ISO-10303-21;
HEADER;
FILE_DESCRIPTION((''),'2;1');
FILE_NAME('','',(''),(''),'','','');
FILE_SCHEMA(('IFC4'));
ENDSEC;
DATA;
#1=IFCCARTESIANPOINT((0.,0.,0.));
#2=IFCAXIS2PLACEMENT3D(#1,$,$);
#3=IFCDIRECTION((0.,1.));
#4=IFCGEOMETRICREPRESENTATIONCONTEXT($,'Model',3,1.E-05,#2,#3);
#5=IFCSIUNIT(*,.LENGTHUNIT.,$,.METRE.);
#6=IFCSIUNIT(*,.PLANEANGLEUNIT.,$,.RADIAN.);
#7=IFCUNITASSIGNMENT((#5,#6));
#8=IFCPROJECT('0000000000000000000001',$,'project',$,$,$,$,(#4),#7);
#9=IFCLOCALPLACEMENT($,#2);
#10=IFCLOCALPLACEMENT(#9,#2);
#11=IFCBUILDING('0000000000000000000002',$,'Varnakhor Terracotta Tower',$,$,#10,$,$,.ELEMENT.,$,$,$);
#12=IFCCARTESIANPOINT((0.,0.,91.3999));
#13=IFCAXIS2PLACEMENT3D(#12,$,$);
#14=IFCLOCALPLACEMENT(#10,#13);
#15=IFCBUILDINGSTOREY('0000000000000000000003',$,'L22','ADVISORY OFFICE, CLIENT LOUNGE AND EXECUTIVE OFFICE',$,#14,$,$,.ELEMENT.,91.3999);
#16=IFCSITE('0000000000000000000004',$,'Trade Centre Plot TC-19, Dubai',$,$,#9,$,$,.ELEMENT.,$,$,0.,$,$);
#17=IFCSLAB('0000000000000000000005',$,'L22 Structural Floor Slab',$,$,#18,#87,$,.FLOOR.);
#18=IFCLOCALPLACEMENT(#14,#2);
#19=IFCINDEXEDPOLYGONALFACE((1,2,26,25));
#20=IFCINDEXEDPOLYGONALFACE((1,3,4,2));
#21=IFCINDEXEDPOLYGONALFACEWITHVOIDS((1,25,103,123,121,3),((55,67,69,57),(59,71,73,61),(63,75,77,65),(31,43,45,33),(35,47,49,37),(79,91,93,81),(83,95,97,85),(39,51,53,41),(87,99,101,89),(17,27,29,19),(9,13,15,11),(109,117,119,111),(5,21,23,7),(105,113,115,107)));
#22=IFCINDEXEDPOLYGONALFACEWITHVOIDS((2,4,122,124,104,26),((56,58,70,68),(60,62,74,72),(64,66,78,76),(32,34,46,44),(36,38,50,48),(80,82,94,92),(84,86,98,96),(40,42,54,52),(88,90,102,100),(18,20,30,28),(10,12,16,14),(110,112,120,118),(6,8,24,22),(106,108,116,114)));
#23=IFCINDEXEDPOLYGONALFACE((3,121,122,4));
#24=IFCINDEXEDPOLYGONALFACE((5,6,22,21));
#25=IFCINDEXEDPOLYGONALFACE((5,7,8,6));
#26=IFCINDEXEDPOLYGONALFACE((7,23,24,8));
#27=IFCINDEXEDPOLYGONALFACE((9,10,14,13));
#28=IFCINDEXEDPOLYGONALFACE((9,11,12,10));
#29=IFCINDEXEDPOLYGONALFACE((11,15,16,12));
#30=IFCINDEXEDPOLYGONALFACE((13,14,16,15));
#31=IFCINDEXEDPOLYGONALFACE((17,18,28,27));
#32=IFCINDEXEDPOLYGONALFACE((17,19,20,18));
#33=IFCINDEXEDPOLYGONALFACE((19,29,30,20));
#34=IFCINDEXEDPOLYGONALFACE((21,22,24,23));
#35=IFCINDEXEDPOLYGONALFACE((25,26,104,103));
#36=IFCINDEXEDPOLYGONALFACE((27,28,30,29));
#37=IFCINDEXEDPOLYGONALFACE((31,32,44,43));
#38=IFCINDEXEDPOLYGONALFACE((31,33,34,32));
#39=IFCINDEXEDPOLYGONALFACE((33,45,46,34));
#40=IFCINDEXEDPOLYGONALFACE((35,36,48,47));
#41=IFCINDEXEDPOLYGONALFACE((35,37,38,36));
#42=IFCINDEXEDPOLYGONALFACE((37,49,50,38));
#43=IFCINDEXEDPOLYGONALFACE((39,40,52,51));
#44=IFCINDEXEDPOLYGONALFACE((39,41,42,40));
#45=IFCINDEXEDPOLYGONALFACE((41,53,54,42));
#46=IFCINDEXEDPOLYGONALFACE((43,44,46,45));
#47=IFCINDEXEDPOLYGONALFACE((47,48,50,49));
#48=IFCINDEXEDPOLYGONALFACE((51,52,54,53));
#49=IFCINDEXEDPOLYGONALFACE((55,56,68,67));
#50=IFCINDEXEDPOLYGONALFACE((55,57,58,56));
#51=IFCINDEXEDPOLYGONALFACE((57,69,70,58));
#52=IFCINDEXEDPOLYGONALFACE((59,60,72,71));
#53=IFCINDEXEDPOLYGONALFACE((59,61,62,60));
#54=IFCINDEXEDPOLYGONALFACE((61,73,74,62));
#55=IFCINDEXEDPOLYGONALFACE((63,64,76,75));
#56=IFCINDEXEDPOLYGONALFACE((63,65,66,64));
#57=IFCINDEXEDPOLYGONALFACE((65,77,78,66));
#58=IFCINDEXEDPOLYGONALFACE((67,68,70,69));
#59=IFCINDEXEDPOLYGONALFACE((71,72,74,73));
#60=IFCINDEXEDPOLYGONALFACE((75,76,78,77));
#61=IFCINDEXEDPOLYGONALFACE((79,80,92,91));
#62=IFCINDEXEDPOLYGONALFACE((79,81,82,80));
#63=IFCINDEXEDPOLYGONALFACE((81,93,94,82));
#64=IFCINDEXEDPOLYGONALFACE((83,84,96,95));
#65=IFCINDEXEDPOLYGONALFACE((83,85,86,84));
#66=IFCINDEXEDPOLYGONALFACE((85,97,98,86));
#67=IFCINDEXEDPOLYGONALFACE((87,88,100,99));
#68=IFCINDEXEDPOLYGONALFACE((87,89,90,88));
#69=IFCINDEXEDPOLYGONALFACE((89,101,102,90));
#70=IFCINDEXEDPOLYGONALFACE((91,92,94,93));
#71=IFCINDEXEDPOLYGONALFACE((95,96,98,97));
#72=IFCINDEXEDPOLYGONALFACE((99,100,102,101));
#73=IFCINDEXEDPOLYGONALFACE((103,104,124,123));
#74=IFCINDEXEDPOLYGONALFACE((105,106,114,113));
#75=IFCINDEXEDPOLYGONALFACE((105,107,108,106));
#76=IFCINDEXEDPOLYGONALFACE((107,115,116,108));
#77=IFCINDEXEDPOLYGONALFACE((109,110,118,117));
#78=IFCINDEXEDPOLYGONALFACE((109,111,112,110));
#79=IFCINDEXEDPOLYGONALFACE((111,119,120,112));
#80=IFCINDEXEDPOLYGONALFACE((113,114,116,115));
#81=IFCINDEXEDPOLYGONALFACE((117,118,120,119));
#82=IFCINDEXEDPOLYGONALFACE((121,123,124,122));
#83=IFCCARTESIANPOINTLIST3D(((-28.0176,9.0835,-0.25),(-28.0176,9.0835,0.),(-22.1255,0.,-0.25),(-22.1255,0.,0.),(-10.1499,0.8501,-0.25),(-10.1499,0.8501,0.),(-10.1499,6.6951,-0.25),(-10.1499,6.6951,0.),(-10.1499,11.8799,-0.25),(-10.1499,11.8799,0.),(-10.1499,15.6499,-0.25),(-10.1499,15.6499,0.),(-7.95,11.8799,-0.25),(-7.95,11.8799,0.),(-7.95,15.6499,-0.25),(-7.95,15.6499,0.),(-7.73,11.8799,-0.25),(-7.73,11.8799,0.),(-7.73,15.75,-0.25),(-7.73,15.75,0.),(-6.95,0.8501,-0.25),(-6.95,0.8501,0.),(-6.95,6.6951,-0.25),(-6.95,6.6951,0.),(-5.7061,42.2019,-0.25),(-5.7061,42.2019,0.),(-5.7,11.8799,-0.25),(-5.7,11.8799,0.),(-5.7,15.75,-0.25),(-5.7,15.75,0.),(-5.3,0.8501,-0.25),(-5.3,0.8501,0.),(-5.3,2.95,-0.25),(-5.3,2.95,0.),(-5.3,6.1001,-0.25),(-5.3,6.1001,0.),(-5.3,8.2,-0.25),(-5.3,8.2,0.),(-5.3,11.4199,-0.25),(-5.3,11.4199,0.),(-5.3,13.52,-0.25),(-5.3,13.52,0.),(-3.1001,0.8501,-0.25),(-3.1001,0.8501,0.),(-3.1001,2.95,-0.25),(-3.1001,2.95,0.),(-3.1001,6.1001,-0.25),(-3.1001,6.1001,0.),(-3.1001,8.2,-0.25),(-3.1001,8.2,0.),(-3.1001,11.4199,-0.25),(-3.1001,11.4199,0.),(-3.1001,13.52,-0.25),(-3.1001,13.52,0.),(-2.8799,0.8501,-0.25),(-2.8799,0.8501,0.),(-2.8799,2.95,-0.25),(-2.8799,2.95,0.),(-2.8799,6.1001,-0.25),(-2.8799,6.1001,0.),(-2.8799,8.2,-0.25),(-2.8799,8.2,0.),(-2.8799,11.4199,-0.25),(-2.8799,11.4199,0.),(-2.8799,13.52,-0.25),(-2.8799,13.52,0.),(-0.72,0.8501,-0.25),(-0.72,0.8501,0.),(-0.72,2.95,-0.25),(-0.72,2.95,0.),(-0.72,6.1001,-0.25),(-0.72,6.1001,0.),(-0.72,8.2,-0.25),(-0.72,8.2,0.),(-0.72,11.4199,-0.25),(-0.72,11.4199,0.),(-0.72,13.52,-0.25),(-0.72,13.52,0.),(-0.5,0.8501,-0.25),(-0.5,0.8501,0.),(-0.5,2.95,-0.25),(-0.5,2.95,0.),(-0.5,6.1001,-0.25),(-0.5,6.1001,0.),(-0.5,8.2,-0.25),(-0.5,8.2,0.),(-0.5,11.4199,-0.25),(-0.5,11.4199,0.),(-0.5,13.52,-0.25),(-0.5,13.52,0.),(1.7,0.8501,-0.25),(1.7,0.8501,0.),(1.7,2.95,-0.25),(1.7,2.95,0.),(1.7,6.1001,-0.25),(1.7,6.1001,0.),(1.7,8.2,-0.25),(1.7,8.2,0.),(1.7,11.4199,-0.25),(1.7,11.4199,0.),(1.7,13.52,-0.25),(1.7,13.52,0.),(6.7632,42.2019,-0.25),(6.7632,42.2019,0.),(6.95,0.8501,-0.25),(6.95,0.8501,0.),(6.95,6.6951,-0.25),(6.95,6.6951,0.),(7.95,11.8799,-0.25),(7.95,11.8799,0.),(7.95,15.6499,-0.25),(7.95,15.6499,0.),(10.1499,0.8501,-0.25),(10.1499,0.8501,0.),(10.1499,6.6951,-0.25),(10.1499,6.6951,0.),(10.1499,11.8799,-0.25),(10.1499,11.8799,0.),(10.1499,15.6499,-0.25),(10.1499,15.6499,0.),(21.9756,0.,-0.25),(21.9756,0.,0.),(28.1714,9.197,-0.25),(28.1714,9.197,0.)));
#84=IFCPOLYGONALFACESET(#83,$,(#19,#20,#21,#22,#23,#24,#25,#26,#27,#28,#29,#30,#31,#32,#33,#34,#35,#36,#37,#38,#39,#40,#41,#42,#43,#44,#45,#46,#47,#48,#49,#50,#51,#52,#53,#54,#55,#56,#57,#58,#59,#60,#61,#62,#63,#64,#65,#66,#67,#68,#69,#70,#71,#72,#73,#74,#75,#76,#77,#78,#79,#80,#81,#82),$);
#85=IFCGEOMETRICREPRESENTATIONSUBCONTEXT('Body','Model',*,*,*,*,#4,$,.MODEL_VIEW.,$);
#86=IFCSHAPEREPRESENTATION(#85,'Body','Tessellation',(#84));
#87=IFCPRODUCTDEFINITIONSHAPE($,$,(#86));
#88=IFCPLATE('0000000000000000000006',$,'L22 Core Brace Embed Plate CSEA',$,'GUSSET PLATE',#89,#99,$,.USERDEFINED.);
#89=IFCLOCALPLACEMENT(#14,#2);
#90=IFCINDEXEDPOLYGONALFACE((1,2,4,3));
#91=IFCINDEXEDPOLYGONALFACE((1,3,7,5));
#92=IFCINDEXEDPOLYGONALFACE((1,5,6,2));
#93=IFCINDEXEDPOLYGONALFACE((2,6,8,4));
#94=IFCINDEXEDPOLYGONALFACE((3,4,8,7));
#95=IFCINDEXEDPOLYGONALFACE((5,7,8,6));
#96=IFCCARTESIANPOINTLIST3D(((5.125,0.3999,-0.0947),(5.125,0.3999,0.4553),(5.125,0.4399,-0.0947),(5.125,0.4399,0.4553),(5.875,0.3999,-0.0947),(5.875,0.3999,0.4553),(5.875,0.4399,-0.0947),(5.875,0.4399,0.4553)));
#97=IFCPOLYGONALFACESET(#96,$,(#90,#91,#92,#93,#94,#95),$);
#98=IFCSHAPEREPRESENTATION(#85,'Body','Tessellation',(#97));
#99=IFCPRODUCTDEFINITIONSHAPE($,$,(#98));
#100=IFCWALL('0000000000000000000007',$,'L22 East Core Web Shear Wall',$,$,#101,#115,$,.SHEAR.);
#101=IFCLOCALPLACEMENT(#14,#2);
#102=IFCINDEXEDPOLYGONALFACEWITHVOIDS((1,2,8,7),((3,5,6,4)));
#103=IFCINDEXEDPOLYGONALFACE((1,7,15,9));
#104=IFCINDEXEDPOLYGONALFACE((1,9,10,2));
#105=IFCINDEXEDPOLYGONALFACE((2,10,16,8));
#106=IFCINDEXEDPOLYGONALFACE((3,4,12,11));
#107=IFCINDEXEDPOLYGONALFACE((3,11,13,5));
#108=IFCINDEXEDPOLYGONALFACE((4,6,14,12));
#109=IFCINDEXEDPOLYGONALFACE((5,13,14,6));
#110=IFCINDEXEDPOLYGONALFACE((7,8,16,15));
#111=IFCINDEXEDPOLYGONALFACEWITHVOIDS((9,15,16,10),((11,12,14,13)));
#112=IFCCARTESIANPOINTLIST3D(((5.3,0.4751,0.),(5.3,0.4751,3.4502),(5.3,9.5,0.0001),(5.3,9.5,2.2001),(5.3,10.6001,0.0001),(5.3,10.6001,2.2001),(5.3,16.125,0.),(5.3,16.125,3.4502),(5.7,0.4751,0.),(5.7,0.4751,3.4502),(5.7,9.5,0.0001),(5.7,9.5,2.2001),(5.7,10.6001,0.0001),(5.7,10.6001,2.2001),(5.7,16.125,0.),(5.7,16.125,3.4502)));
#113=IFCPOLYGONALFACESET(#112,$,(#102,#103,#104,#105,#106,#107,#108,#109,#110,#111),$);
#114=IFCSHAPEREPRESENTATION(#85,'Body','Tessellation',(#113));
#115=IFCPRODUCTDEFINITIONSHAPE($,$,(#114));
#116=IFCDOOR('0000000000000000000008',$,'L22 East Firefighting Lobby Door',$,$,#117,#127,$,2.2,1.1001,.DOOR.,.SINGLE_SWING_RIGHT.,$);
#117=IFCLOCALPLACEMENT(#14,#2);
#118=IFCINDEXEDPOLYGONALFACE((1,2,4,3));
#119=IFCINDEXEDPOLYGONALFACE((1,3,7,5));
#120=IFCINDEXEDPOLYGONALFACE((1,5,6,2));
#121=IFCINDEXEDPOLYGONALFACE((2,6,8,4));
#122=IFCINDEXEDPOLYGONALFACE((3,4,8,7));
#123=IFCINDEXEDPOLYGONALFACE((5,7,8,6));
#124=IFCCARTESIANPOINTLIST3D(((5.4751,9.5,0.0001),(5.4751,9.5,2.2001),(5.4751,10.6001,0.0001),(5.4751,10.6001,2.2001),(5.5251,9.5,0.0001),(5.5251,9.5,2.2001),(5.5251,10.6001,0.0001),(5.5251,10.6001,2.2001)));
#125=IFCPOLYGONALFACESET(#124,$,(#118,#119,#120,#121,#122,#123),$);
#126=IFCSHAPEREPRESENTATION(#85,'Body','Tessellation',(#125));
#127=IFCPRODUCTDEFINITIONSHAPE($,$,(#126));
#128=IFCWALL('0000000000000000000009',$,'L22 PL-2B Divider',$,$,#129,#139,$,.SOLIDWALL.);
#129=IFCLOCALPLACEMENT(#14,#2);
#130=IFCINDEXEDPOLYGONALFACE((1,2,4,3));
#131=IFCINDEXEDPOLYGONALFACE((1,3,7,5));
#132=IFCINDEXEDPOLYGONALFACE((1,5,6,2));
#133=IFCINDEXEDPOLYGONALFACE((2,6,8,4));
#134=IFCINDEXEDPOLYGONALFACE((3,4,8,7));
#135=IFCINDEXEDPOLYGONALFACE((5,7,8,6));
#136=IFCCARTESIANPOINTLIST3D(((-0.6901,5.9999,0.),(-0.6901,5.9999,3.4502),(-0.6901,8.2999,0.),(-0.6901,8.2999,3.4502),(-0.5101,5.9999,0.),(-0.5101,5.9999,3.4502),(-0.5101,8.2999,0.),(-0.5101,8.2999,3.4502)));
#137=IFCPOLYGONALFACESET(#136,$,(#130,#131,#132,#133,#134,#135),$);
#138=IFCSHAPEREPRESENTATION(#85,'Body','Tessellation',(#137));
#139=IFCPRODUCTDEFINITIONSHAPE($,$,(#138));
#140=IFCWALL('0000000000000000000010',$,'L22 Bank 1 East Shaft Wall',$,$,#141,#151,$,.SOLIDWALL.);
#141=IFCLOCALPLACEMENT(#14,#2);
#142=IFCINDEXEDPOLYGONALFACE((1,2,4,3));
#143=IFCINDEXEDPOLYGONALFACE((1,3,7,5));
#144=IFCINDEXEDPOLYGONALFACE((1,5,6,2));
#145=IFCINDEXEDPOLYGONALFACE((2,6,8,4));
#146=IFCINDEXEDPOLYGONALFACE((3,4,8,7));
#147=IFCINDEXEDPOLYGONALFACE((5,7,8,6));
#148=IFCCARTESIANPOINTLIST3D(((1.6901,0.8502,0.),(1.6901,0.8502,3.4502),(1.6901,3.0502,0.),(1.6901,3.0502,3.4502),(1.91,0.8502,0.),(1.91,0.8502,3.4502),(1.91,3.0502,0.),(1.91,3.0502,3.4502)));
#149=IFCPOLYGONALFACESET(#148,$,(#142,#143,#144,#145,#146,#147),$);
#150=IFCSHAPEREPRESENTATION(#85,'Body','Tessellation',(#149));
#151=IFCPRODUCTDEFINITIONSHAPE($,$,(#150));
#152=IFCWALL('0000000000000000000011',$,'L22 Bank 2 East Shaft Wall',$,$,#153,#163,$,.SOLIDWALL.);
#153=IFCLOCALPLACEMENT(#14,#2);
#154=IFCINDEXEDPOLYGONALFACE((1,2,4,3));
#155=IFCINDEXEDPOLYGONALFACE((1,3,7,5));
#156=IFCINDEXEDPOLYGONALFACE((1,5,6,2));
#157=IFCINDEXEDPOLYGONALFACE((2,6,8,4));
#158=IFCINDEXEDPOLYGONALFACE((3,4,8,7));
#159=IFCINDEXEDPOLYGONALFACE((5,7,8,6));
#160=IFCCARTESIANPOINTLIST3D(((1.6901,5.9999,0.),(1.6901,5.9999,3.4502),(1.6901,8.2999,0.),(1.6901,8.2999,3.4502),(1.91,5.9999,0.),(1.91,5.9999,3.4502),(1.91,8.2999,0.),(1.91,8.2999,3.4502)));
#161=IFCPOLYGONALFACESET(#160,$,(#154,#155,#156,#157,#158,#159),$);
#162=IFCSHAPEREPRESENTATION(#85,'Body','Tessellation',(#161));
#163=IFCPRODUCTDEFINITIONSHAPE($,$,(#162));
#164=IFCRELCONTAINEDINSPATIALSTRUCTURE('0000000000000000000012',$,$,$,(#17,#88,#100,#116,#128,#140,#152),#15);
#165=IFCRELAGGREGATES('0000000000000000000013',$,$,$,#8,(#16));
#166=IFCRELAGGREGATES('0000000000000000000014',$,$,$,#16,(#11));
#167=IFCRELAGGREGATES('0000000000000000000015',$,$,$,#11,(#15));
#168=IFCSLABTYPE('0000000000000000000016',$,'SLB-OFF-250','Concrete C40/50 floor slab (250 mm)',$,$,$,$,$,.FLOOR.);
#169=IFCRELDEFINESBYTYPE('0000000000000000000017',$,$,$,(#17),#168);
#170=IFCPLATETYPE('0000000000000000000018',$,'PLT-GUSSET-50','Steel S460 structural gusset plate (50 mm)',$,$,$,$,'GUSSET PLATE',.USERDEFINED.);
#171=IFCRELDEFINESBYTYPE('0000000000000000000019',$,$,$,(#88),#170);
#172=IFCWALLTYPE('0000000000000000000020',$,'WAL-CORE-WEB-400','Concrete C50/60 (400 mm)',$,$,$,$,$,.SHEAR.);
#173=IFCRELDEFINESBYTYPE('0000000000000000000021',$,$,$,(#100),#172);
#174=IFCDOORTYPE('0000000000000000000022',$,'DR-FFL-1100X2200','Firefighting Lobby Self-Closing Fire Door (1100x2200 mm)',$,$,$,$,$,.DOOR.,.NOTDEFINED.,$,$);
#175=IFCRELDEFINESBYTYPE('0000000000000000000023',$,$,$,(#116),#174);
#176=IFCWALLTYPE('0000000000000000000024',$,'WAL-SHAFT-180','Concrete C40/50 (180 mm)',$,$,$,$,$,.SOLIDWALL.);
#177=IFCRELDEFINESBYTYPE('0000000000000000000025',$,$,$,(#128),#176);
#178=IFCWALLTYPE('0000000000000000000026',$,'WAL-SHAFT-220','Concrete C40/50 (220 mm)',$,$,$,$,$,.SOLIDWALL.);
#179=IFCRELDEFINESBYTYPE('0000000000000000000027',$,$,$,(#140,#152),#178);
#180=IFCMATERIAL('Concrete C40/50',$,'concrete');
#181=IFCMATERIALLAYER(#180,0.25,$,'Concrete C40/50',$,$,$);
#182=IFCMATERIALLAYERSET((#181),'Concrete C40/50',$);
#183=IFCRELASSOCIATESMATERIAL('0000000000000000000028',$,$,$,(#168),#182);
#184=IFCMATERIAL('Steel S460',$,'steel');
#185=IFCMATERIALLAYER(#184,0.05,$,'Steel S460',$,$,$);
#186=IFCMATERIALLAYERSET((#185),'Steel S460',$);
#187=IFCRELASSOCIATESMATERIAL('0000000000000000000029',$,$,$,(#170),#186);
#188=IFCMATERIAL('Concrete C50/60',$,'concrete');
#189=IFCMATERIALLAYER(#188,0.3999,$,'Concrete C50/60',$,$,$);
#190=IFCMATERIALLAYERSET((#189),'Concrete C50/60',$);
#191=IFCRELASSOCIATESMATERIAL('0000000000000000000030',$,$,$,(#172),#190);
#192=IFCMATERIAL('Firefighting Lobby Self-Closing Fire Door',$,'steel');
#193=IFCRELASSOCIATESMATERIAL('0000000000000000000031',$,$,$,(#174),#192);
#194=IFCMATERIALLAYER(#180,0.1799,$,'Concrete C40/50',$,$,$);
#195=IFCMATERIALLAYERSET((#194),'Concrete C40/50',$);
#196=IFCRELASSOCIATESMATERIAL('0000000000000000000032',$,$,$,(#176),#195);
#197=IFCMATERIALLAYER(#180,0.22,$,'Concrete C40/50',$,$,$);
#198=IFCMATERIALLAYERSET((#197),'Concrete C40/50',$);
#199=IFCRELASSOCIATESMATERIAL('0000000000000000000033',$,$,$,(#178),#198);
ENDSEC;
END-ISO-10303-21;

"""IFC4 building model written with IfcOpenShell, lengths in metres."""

from ifc_helpers import new_model, si_unit, direction, frame, frame_2d, origin, origin_2d, place, context, subcontext, project, spatial, polyline, rectangle, outline, extrude, source, transform, mapped, material, layer, layer_set, type_object, type_shapes, element, fill, save


model = new_model("IFC4")

# Units and contexts
model_context = context("Model", 3, precision=1e-05, world=origin(), true_north=direction((0.0, 1.0)))
body_context = subcontext(model_context, "Body", "Model", "MODEL_VIEW")
ifc_project = project(units=[si_unit("LENGTHUNIT", "METRE"), si_unit("PLANEANGLEUNIT", "RADIAN")], contexts=[model_context])

# Site, building, storey
site_placement = place(None, origin())
site = spatial("IfcSite", under=ifc_project, at=site_placement, Name="Trade Centre Plot TC-19, Dubai", CompositionType="ELEMENT", RefElevation=0.0)
building_placement = place(site_placement, origin())
building = spatial("IfcBuilding", under=site, at=building_placement, Name="Varnakhor Terracotta Tower", CompositionType="ELEMENT")
storey_placement = place(building_placement, frame((0.0, 0.0, 91.3999)))
storey = spatial("IfcBuildingStorey", under=building, at=storey_placement, Name="L22", Description="ADVISORY OFFICE, CLIENT LOUNGE AND EXECUTIVE OFFICE", CompositionType="ELEMENT", Elevation=91.3999)

# Shared definitions
ifc_material_1 = material(Name="Concrete C50/60", Category="concrete")

# Shared definitions
ifc_material_2 = material(Name="Steel S460", Category="steel")

# Shared definitions
ifc_material_3 = material(Name="Concrete C40/50", Category="concrete")

# Slab
ifc_layer_1 = layer(ifc_material_3, 0.25, Name="Concrete C40/50")
ifc_layer_set_1 = layer_set([ifc_layer_1], Name="Concrete C40/50")
slab_type_1 = type_object("IfcSlabType", Name="SLB-OFF-250", Description="Concrete C40/50 floor slab (250 mm)", PredefinedType="FLOOR", material=ifc_layer_set_1)
slab_1_placement = place(storey_placement, frame((0.0, 0.0, -0.25)))
element("IfcSlab", 1, at=slab_1_placement, inside=storey, type_object=slab_type_1, Name="L22 Structural Floor Slab", PredefinedType="FLOOR", context=body_context, shape_type="SweptSolid", body=[
    extrude(outline(polyline([(-28.0176, 9.0835), (-5.7061, 42.2019), (6.7632, 42.2019), (28.1714, 9.197), (21.9756, 0.0), (-22.1255, 0.0), (-28.0176, 9.0835)]), holes=[polyline([(-3.1001, 0.8501), (-3.1001, 2.95), (-5.3, 2.95), (-5.3, 0.8501), (-3.1001, 0.8501)]), polyline([(-2.8799, 0.8501), (-0.72, 0.8501), (-0.72, 2.95), (-2.8799, 2.95), (-2.8799, 0.8501)]), polyline([(-10.1499, 0.8501), (-6.95, 0.8501), (-6.95, 6.6951), (-10.1499, 6.6951), (-10.1499, 0.8501)]), polyline([(-5.3, 6.1001), (-3.1001, 6.1001), (-3.1001, 8.2), (-5.3, 8.2), (-5.3, 6.1001)]), polyline([(-5.3, 11.4199), (-3.1001, 11.4199), (-3.1001, 13.52), (-5.3, 13.52), (-5.3, 11.4199)]), polyline([(-10.1499, 11.8799), (-7.95, 11.8799), (-7.95, 15.6499), (-10.1499, 15.6499), (-10.1499, 11.8799)]), polyline([(-7.73, 11.8799), (-5.7, 11.8799), (-5.7, 15.75), (-7.73, 15.75), (-7.73, 11.8799)]), polyline([(1.7, 0.8501), (1.7, 2.95), (-0.5, 2.95), (-0.5, 0.8501), (1.7, 0.8501)]), polyline([(6.95, 0.8501), (10.1499, 0.8501), (10.1499, 6.6951), (6.95, 6.6951), (6.95, 0.8501)]), polyline([(-2.8799, 6.1001), (-0.72, 6.1001), (-0.72, 8.2), (-2.8799, 8.2), (-2.8799, 6.1001)]), polyline([(-0.5, 6.1001), (1.7, 6.1001), (1.7, 8.2), (-0.5, 8.2), (-0.5, 6.1001)]), polyline([(-2.8799, 11.4199), (-0.72, 11.4199), (-0.72, 13.52), (-2.8799, 13.52), (-2.8799, 11.4199)]), polyline([(-0.5, 11.4199), (1.7, 11.4199), (1.7, 13.52), (-0.5, 13.52), (-0.5, 11.4199)]), polyline([(7.95, 11.8799), (10.1499, 11.8799), (10.1499, 15.6499), (7.95, 15.6499), (7.95, 11.8799)])]), origin(), (0.0, 0.0, 1.0), 0.25),
])

# Plate
ifc_layer_2 = layer(ifc_material_2, 0.05, Name="Steel S460")
ifc_layer_set_2 = layer_set([ifc_layer_2], Name="Steel S460")
plate_type = type_object("IfcPlateType", Name="PLT-GUSSET-50", Description="Steel S460 structural gusset plate (50 mm)", ElementType="GUSSET PLATE", PredefinedType="USERDEFINED", material=ifc_layer_set_2)
shared_shape_1 = source(origin(), body_context, "Body", "SweptSolid", [
    extrude(rectangle(XDim=0.75, YDim=0.04, at=origin_2d()), origin(), (0.0, 0.0, 1.0), 0.55),
])
type_shapes(plate_type, [shared_shape_1])
plate_placement = place(storey_placement, frame((5.5, 0.4199, -0.0947), z_axis=(0.0, 0.0, 1.0), x_axis=(1.0, 0.0, 0.0)))
element("IfcPlate", 2, at=plate_placement, inside=storey, type_object=plate_type, Name="L22 Core Brace Embed Plate CSEA", ObjectType="GUSSET PLATE", PredefinedType="USERDEFINED", context=body_context, shape_type="MappedRepresentation", body=[
    mapped(shared_shape_1, transform((0.0, 0.0, 0.0), scale=1.0)),
])

# Wall, opening, door
ifc_layer_3 = layer(ifc_material_1, 0.3999, Name="Concrete C50/60")
ifc_layer_set_3 = layer_set([ifc_layer_3], Name="Concrete C50/60")
wall_type_1 = type_object("IfcWallType", Name="WAL-CORE-WEB-400", Description="Concrete C50/60 (400 mm)", PredefinedType="SHEAR", material=ifc_layer_set_3)
wall_1_placement = place(storey_placement, frame((5.5, 0.4751, 0.0), z_axis=(0.0, 0.0, 1.0), x_axis=(0.0, 1.0, 0.0)))
wall_1 = element("IfcWall", 3, at=wall_1_placement, inside=storey, type_object=wall_type_1, Name="L22 East Core Web Shear Wall", PredefinedType="SHEAR", context=body_context, shape_type="SweptSolid", body=[
    extrude(rectangle(XDim=15.6499, YDim=0.3999, at=frame_2d((7.825, 0.0))), origin(), (0.0, 0.0, 1.0), 3.4502),
])
opening_1_placement = place(wall_1_placement, frame((9.0249, 0.0, 0.0)))
opening_1 = element("IfcOpeningElement", 4, at=opening_1_placement, cuts=wall_1, PredefinedType="OPENING", context=body_context, shape_type="SweptSolid", body=[
    extrude(rectangle(XDim=1.1001, YDim=2.2, at=frame_2d((0.55, 1.1001))), frame((0.0, 0.21, 0.0), z_axis=(0.0, -1.0, 0.0), x_axis=(1.0, 0.0, 0.0)), (0.0, 0.0, 1.0), 0.4199),
])
ifc_material_4 = material(Name="Firefighting Lobby Self-Closing Fire Door", Category="steel")
door_type_1 = type_object("IfcDoorType", Name="DR-FFL-1100X2200", Description="Firefighting Lobby Self-Closing Fire Door (1100x2200 mm)", OperationType="NOTDEFINED", PredefinedType="DOOR", material=ifc_material_4)
shared_shape_2 = source(origin(), body_context, "Body", "SweptSolid", [
    extrude(rectangle(XDim=1.1001, YDim=2.2, at=frame_2d((0.55, 1.1001))), frame((0.0, 0.0249, 0.0), z_axis=(0.0, -1.0, 0.0), x_axis=(1.0, 0.0, 0.0)), (0.0, 0.0, 1.0), 0.05),
])
type_shapes(door_type_1, [shared_shape_2])
door_1_placement = place(opening_1_placement, origin())
door_1 = element("IfcDoor", 5, at=door_1_placement, inside=storey, type_object=door_type_1, Name="L22 East Firefighting Lobby Door", OperationType="SINGLE_SWING_RIGHT", OverallHeight=2.2, OverallWidth=1.1001, PredefinedType="DOOR", context=body_context, shape_type="MappedRepresentation", body=[
    mapped(shared_shape_2, transform((0.0, 0.0, 0.0), scale=1.0)),
])
fill(opening_1, door_1)

# Walls
ifc_layer_4 = layer(ifc_material_3, 0.1799, Name="Concrete C40/50")
ifc_layer_set_4 = layer_set([ifc_layer_4], Name="Concrete C40/50")
wall_type_2 = type_object("IfcWallType", Name="WAL-SHAFT-180", Description="Concrete C40/50 (180 mm)", PredefinedType="SOLIDWALL", material=ifc_layer_set_4)
wall_2_placement = place(storey_placement, frame((-0.6001, 6.0, 0.0), z_axis=(0.0, 0.0, 1.0), x_axis=(0.0, 1.0, 0.0)))
element("IfcWall", 6, at=wall_2_placement, inside=storey, type_object=wall_type_2, Name="L22 PL-2B Divider", PredefinedType="SOLIDWALL", context=body_context, shape_type="SweptSolid", body=[
    extrude(rectangle(XDim=2.3, YDim=0.1799, at=frame_2d((1.1499, 0.0))), origin(), (0.0, 0.0, 1.0), 3.4502),
])
ifc_layer_5 = layer(ifc_material_3, 0.22, Name="Concrete C40/50")
ifc_layer_set_5 = layer_set([ifc_layer_5], Name="Concrete C40/50")
wall_type_3 = type_object("IfcWallType", Name="WAL-SHAFT-220", Description="Concrete C40/50 (220 mm)", PredefinedType="SOLIDWALL", material=ifc_layer_set_5)
wall_3_placement = place(storey_placement, frame((1.8, 0.8501, 0.0), z_axis=(0.0, 0.0, 1.0), x_axis=(0.0, 1.0, 0.0)))
element("IfcWall", 7, at=wall_3_placement, inside=storey, type_object=wall_type_3, Name="L22 Bank 1 East Shaft Wall", PredefinedType="SOLIDWALL", context=body_context, shape_type="SweptSolid", body=[
    extrude(rectangle(XDim=2.2, YDim=0.22, at=frame_2d((1.1001, 0.0))), origin(), (0.0, 0.0, 1.0), 3.4502),
])
wall_4_placement = place(storey_placement, frame((1.8, 6.0, 0.0), z_axis=(0.0, 0.0, 1.0), x_axis=(0.0, 1.0, 0.0)))
element("IfcWall", 8, at=wall_4_placement, inside=storey, type_object=wall_type_3, Name="L22 Bank 2 East Shaft Wall", PredefinedType="SOLIDWALL", context=body_context, shape_type="SweptSolid", body=[
    extrude(rectangle(XDim=2.3, YDim=0.22, at=frame_2d((1.1499, 0.0))), origin(), (0.0, 0.0, 1.0), 3.4502),
])

save(model, "model.ifc")
